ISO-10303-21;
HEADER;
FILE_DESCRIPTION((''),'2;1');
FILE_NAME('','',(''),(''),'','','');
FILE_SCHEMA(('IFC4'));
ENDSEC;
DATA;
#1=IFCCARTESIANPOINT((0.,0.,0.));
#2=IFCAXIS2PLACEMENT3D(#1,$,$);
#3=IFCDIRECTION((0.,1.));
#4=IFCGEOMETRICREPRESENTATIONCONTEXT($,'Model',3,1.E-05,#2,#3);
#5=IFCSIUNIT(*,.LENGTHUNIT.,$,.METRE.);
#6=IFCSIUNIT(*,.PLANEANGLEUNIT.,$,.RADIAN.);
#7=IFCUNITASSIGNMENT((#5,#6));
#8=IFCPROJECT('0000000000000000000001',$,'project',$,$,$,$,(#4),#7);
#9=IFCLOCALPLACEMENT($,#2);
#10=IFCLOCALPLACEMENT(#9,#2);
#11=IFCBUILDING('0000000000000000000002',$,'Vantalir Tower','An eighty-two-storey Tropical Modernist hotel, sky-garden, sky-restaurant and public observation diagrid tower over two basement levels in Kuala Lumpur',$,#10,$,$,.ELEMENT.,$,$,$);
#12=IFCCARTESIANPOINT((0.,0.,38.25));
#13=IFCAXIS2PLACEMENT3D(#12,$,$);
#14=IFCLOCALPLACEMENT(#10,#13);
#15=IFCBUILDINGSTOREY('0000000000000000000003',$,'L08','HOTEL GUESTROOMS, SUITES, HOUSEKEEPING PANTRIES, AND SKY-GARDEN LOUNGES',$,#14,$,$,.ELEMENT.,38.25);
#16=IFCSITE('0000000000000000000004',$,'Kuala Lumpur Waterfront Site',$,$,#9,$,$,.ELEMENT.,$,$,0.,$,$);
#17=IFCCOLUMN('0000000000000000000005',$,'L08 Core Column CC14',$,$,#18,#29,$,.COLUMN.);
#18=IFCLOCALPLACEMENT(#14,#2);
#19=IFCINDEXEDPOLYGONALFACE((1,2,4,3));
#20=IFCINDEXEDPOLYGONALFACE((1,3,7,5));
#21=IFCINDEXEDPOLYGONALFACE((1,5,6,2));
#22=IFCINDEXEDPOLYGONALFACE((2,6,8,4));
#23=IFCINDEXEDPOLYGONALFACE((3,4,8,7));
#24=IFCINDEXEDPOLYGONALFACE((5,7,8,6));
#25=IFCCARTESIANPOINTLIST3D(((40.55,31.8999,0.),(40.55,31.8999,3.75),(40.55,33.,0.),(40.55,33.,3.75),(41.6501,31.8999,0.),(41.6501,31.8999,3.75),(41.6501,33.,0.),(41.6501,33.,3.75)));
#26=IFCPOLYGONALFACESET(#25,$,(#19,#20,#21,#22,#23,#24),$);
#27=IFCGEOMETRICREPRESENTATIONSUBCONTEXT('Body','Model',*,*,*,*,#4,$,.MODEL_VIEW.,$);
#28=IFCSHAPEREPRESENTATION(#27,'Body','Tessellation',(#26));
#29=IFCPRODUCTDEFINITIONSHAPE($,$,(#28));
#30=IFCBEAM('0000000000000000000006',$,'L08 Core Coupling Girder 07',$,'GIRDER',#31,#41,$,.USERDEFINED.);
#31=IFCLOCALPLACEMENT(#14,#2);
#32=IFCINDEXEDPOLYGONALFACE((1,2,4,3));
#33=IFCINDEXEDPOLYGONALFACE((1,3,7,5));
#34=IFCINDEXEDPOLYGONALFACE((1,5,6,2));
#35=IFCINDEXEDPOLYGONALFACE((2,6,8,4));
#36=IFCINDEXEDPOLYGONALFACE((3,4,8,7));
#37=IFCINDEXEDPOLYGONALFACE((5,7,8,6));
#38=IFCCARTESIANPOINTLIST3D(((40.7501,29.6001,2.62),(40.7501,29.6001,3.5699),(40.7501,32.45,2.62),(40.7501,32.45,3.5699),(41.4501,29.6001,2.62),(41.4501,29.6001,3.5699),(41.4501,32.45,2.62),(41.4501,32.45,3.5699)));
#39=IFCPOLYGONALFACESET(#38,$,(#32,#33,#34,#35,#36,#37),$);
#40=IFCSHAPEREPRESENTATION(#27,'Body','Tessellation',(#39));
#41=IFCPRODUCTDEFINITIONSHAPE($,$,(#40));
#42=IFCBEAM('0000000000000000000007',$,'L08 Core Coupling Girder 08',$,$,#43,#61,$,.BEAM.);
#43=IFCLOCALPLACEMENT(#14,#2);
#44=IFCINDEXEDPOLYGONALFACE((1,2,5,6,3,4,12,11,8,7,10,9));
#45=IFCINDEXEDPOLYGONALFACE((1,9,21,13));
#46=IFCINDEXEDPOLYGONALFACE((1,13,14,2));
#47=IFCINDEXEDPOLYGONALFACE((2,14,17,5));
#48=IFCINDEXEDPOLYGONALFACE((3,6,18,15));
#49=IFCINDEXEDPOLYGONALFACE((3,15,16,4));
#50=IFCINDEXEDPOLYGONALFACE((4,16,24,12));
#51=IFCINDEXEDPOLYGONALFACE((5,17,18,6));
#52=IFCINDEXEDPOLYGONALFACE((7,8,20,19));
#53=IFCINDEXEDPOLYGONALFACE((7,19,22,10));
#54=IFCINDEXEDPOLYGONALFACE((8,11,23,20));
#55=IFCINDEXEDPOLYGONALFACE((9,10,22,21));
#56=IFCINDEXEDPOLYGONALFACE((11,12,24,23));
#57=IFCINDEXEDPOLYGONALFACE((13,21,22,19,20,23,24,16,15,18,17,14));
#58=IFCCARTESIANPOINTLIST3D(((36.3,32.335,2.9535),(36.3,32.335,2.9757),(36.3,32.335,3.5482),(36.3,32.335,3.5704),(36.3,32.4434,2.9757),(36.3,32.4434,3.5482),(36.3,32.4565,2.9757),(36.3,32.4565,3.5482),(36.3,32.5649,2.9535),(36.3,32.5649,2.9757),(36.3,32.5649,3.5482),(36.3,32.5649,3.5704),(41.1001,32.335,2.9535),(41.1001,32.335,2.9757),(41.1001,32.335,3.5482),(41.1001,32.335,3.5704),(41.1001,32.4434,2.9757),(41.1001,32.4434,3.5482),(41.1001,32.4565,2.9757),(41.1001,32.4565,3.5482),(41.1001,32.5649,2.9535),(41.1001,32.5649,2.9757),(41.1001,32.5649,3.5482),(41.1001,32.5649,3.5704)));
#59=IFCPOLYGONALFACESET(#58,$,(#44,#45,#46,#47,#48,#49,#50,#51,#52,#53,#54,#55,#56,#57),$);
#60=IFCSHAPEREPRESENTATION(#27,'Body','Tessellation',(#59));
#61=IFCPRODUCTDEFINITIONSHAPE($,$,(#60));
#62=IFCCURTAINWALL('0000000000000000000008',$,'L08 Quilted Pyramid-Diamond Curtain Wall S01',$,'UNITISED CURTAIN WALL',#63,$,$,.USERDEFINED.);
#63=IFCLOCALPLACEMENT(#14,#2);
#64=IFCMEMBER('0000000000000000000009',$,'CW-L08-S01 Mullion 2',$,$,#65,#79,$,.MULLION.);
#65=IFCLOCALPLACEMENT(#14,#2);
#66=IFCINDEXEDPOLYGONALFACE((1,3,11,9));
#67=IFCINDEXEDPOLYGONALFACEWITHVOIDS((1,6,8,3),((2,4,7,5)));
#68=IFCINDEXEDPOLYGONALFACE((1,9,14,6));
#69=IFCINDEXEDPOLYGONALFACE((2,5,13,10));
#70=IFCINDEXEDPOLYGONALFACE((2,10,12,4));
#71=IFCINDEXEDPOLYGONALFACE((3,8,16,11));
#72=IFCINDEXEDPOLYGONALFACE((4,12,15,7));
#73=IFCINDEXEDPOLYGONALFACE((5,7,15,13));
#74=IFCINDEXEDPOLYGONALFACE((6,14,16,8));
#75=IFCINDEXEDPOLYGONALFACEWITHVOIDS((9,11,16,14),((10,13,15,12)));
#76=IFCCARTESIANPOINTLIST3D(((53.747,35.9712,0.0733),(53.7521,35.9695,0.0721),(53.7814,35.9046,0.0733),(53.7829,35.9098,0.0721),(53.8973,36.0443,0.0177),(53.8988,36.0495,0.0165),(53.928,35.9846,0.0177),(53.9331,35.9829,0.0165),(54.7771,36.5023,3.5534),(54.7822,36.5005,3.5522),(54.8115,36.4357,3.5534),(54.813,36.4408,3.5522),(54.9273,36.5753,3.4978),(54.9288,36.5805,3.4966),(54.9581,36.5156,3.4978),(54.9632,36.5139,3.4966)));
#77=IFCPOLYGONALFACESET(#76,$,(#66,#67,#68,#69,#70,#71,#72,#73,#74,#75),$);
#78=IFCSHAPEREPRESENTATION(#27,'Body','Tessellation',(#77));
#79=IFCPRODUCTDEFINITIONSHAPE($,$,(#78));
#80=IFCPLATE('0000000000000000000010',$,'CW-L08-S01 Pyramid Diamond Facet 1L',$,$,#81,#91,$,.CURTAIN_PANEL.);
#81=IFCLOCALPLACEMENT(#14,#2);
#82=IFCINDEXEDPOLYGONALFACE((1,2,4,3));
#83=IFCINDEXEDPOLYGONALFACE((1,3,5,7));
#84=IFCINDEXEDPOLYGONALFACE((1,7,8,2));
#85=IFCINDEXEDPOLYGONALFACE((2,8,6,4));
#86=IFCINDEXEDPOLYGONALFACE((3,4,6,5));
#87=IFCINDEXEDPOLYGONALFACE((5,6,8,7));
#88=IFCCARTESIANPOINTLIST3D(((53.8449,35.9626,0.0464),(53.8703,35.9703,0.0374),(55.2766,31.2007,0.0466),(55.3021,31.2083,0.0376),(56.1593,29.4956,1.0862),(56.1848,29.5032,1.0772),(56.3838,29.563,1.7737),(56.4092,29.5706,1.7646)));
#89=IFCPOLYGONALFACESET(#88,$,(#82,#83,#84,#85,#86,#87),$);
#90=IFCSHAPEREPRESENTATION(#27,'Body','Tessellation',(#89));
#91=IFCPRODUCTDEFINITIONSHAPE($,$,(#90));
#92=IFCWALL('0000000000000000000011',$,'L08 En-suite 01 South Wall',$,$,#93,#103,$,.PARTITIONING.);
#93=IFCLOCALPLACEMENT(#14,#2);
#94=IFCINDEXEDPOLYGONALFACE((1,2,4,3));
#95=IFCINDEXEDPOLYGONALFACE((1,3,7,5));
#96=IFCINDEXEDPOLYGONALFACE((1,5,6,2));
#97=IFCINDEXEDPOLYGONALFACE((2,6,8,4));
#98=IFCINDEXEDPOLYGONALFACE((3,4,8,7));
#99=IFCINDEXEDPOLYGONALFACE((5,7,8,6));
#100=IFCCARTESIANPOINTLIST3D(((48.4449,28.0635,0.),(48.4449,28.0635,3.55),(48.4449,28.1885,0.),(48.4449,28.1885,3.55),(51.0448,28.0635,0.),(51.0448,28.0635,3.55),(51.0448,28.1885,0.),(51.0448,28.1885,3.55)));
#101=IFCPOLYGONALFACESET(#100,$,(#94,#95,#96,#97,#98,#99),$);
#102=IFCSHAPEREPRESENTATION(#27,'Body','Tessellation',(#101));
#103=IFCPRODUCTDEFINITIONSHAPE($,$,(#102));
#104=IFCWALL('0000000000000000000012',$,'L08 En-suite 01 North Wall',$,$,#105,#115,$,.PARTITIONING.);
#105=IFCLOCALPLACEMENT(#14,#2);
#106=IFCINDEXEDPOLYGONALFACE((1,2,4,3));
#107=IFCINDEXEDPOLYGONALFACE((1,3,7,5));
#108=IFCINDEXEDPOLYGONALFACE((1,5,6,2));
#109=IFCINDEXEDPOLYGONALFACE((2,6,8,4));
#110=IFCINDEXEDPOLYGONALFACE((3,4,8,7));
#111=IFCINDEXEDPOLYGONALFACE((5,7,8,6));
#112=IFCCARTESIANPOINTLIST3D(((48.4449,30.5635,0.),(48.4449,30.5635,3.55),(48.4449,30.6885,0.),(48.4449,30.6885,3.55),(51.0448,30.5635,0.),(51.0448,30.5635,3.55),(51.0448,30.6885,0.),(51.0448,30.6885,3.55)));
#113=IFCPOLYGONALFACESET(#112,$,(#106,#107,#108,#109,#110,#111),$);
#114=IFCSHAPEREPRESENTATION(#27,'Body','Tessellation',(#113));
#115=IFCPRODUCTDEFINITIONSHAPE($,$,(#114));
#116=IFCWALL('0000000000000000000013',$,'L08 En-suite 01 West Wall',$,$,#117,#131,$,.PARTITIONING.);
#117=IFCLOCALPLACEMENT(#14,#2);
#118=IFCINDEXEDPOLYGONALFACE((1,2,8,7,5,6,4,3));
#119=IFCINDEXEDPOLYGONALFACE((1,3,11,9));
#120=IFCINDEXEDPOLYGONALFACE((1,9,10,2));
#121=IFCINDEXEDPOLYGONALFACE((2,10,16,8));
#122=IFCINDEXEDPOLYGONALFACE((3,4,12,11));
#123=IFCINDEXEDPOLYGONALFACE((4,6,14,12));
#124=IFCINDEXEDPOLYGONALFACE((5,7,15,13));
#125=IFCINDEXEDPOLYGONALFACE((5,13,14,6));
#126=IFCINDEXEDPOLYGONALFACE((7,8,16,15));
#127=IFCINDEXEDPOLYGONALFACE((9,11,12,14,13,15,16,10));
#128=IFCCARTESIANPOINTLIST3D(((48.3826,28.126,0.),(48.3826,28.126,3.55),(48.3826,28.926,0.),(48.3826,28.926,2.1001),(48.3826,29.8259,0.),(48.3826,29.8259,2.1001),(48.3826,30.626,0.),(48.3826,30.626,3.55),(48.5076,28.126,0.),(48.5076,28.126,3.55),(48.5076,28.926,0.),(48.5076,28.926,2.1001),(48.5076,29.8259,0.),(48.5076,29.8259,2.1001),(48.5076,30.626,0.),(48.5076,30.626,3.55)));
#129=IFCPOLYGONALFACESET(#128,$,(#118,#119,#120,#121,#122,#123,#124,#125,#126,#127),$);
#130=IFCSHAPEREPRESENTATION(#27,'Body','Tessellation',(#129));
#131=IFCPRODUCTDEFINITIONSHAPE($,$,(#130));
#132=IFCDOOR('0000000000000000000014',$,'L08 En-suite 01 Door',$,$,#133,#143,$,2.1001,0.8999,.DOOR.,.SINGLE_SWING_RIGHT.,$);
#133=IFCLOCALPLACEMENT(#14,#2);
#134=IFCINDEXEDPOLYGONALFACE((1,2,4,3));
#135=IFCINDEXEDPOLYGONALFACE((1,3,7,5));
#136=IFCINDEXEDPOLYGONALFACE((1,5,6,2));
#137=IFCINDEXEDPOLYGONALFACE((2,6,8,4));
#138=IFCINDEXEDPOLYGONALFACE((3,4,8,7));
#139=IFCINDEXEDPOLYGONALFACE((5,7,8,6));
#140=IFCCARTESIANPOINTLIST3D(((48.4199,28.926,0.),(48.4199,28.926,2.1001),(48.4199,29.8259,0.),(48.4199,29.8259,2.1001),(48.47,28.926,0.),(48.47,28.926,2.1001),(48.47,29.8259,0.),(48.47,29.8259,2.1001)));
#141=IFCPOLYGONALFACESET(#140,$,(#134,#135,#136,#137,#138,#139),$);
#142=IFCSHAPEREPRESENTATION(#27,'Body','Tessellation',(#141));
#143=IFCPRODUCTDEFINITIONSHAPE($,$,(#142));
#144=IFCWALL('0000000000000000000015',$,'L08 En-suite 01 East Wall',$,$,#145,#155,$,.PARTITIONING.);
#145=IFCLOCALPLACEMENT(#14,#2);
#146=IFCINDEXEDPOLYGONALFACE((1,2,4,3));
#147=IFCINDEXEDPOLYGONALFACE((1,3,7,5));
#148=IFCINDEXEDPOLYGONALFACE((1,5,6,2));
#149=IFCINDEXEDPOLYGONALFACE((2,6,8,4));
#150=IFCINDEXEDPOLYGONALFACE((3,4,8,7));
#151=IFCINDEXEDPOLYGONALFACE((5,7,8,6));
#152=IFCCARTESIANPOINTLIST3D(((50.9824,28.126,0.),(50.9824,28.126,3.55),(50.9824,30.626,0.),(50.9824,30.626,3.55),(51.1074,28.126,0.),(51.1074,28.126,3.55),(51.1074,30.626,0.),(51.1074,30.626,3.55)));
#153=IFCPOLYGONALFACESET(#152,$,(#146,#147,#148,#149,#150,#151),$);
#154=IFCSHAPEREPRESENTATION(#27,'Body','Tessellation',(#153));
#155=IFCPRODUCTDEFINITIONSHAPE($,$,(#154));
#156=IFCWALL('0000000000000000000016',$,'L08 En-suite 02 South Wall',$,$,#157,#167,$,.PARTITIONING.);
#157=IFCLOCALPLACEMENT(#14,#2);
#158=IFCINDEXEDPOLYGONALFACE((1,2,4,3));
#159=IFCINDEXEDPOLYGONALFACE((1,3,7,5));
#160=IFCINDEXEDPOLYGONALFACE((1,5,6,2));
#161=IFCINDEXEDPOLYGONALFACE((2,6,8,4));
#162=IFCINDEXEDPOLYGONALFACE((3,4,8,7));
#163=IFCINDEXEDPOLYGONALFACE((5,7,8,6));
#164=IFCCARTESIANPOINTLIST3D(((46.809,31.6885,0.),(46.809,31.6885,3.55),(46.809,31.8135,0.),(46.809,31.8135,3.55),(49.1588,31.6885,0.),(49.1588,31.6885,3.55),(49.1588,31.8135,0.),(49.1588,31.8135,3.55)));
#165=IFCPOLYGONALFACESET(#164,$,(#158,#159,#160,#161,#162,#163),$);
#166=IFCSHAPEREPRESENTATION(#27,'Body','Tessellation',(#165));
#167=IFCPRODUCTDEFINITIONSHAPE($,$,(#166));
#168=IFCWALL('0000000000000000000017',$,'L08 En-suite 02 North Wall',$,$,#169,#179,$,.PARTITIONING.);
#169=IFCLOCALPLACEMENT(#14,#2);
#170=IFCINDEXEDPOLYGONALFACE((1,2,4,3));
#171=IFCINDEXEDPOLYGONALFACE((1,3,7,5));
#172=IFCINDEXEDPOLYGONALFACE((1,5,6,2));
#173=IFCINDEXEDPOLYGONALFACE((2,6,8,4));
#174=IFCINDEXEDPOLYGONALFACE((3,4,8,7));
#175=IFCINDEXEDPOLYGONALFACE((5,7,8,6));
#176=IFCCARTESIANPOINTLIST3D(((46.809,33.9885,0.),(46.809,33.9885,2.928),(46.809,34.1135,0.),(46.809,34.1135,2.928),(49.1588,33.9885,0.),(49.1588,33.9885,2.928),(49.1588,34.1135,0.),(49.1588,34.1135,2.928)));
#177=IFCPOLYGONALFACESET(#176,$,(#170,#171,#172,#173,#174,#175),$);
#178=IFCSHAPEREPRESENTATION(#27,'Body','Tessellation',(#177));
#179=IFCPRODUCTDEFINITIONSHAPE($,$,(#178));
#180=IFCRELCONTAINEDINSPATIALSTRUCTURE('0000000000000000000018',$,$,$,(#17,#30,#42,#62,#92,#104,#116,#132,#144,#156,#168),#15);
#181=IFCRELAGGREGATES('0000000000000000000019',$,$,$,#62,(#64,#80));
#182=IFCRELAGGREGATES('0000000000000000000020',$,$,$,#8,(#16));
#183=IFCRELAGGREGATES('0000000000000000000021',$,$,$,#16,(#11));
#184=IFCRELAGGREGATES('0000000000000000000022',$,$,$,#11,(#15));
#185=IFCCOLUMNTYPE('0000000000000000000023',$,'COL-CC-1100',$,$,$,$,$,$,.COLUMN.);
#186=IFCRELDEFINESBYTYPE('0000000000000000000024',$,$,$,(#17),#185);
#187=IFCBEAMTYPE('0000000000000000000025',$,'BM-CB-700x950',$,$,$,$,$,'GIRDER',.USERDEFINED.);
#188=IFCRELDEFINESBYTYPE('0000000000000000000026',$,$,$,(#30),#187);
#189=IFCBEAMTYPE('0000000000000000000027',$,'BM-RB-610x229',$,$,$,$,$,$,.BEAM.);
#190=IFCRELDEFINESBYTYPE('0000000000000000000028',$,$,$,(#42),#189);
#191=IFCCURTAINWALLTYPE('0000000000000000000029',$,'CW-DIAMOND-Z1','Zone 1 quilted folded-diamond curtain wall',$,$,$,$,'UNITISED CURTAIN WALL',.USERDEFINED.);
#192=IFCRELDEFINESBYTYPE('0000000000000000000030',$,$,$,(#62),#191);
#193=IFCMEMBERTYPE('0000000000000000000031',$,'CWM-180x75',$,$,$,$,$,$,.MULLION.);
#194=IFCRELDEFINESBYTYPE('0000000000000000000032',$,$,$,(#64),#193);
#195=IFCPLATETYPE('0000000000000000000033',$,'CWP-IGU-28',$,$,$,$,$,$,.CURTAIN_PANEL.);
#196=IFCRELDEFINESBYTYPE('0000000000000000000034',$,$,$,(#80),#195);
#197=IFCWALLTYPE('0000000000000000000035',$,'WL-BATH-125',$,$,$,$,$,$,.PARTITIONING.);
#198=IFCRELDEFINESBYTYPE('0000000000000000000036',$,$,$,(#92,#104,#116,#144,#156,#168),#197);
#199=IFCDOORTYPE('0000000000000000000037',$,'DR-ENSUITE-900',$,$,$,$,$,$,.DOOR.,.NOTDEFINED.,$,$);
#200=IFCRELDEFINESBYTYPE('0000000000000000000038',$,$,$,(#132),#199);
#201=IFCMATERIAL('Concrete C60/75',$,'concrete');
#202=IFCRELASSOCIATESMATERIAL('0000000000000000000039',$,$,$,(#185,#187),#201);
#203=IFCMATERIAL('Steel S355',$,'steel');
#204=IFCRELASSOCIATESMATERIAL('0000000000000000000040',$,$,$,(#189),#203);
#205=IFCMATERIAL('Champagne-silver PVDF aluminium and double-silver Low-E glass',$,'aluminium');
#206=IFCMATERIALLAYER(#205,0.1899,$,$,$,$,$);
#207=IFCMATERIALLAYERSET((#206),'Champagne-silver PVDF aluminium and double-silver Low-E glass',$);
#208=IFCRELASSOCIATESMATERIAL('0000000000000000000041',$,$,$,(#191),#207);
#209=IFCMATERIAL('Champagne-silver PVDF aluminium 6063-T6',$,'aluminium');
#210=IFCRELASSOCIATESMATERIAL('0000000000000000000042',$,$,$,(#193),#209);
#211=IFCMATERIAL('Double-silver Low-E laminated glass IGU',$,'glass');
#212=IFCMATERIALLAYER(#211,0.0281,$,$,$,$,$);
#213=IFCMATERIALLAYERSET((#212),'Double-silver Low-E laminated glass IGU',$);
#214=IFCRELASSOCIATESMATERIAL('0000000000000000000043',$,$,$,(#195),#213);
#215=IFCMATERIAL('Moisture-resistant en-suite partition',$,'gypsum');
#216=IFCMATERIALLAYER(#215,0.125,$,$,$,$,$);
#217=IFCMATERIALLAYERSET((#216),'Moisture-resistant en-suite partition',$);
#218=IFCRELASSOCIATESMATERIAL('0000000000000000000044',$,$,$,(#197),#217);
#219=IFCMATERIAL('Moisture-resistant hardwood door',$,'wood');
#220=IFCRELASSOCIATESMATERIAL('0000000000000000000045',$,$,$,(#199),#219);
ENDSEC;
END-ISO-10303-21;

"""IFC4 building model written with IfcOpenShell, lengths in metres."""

from ifc_helpers import new_model, si_unit, direction, frame, frame_2d, origin, origin_2d, place, context, subcontext, project, spatial, polyline, rectangle, hollow_rectangle, i_section, outline, extrude, material, layer, layer_set, material_profile, profile_set, type_object, element, fill, aggregate, save


model = new_model("IFC4")

# Units and contexts
model_context = context("Model", 3, precision=1e-05, world=origin(), true_north=direction((0.0, 1.0)))
body_context = subcontext(model_context, "Body", "Model", "MODEL_VIEW")
ifc_project = project(units=[si_unit("LENGTHUNIT", "METRE"), si_unit("PLANEANGLEUNIT", "RADIAN")], contexts=[model_context])

# Site, building, storey
site_placement = place(None, origin())
site = spatial("IfcSite", under=ifc_project, at=site_placement, Name="Kuala Lumpur Waterfront Site", CompositionType="ELEMENT", RefElevation=0.0)
building_placement = place(site_placement, origin())
building = spatial("IfcBuilding", under=site, at=building_placement, Name="Vantalir Tower", Description="An eighty-two-storey Tropical Modernist hotel, sky-garden, sky-restaurant and public observation diagrid tower over two basement levels in Kuala Lumpur", CompositionType="ELEMENT")
storey_placement = place(building_placement, frame((0.0, 0.0, 38.25)))
storey = spatial("IfcBuildingStorey", under=building, at=storey_placement, Name="L08", Description="HOTEL GUESTROOMS, SUITES, HOUSEKEEPING PANTRIES, AND SKY-GARDEN LOUNGES", CompositionType="ELEMENT", Elevation=38.25)

# Column
ifc_material_1 = material(Name="Concrete C60/75", Category="concrete")
ifc_material_profile_1 = material_profile(ifc_material_1, rectangle(XDim=1.1001, YDim=1.1001, at=origin_2d()), Name="Concrete C60/75")
ifc_profile_set_1 = profile_set([ifc_material_profile_1], Name="Concrete C60/75")
column_type = type_object("IfcColumnType", Name="COL-CC-1100", PredefinedType="COLUMN", material=ifc_profile_set_1)
column_placement = place(storey_placement, frame((41.1001, 32.45, 0.0), z_axis=(0.0, 0.0, 1.0), x_axis=(1.0, 0.0, 0.0)))
element("IfcColumn", 1, at=column_placement, inside=storey, type_object=column_type, Name="L08 Core Column CC14", PredefinedType="COLUMN", context=body_context, shape_type="SweptSolid", body=[
    extrude(rectangle(XDim=1.1001, YDim=1.1001, at=origin_2d()), origin(), (0.0, 0.0, 1.0), 3.75),
])

# Beams
ifc_material_profile_2 = material_profile(ifc_material_1, rectangle(XDim=0.7, YDim=0.95, at=origin_2d()), Name="Concrete C60/75")
ifc_profile_set_2 = profile_set([ifc_material_profile_2], Name="Concrete C60/75")
beam_type_1 = type_object("IfcBeamType", Name="BM-CB-700x950", ElementType="GIRDER", PredefinedType="USERDEFINED", material=ifc_profile_set_2)
beam_1_placement = place(storey_placement, frame((41.1001, 29.6001, 3.095), z_axis=(0.0, 1.0, 0.0), x_axis=(-1.0, 0.0, 0.0)))
element("IfcBeam", 2, at=beam_1_placement, inside=storey, type_object=beam_type_1, Name="L08 Core Coupling Girder 07", ObjectType="GIRDER", PredefinedType="USERDEFINED", context=body_context, shape_type="SweptSolid", body=[
    extrude(rectangle(XDim=0.7, YDim=0.95, at=origin_2d()), origin(), (0.0, 0.0, 1.0), 2.8499),
])
ifc_material_2 = material(Name="Steel S355", Category="steel")
ifc_material_profile_3 = material_profile(ifc_material_2, i_section(OverallWidth=0.23, OverallDepth=0.6169, WebThickness=0.0132, FlangeThickness=0.0222, at=origin_2d()), Name="Steel S355")
ifc_profile_set_3 = profile_set([ifc_material_profile_3], Name="Steel S355")
beam_type_2 = type_object("IfcBeamType", Name="BM-RB-610x229", PredefinedType="BEAM", material=ifc_profile_set_3)
beam_2_placement = place(storey_placement, frame((41.1001, 32.45, 3.262), z_axis=(-1.0, 0.0, 0.0), x_axis=(0.0, -1.0, 0.0)))
element("IfcBeam", 3, at=beam_2_placement, inside=storey, type_object=beam_type_2, Name="L08 Core Coupling Girder 08", PredefinedType="BEAM", context=body_context, shape_type="SweptSolid", body=[
    extrude(i_section(OverallWidth=0.23, OverallDepth=0.6169, WebThickness=0.0132, FlangeThickness=0.0222, at=origin_2d()), origin(), (0.0, 0.0, 1.0), 4.8),
])

# Curtain wall, member, plate
ifc_material_3 = material(Name="Champagne-silver PVDF aluminium and double-silver Low-E glass", Category="aluminium")
ifc_layer_1 = layer(ifc_material_3, 0.1899)
ifc_layer_set_1 = layer_set([ifc_layer_1], Name="Champagne-silver PVDF aluminium and double-silver Low-E glass")
curtain_wall_type = type_object("IfcCurtainWallType", Name="CW-DIAMOND-Z1", Description="Zone 1 quilted folded-diamond curtain wall", ElementType="UNITISED CURTAIN WALL", PredefinedType="USERDEFINED", material=ifc_layer_set_1)
curtain_wall_placement = place(storey_placement, origin())
curtain_wall = element("IfcCurtainWall", 4, at=curtain_wall_placement, inside=storey, type_object=curtain_wall_type, Name="L08 Quilted Pyramid-Diamond Curtain Wall S01", ObjectType="UNITISED CURTAIN WALL", PredefinedType="USERDEFINED")
ifc_material_4 = material(Name="Champagne-silver PVDF aluminium 6063-T6", Category="aluminium")
ifc_material_profile_4 = material_profile(ifc_material_4, hollow_rectangle(XDim=0.075, YDim=0.1799, WallThickness=0.0039, at=origin_2d()), Name="Champagne-silver PVDF aluminium 6063-T6")
ifc_profile_set_4 = profile_set([ifc_material_profile_4], Name="Champagne-silver PVDF aluminium 6063-T6")
member_type = type_object("IfcMemberType", Name="CWM-180x75", PredefinedType="MULLION", material=ifc_profile_set_4)
member_placement = place(storey_placement, frame((53.8401, 35.9771, 0.0449), z_axis=(0.280826, 0.144773, 0.948777), x_axis=(-0.458219, 0.888839, 0.0)))
member = element("IfcMember", 5, at=member_placement, type_object=member_type, Name="CW-L08-S01 Mullion 2", PredefinedType="MULLION", context=body_context, shape_type="SweptSolid", body=[
    extrude(hollow_rectangle(XDim=0.075, YDim=0.1799, WallThickness=0.0039, at=origin_2d()), origin(), (0.0, 0.0, 1.0), 3.668),
])
ifc_material_5 = material(Name="Double-silver Low-E laminated glass IGU", Category="glass")
ifc_layer_2 = layer(ifc_material_5, 0.0281)
ifc_layer_set_2 = layer_set([ifc_layer_2], Name="Double-silver Low-E laminated glass IGU")
plate_type = type_object("IfcPlateType", Name="CWP-IGU-28", PredefinedType="CURTAIN_PANEL", material=ifc_layer_set_2)
plate_placement = place(storey_placement, frame((55.2766, 31.2007, 0.0466), z_axis=(-0.906429, -0.272516, 0.322678), x_axis=(-0.28793, 0.957651, -0.000042)))
plate = element("IfcPlate", 6, at=plate_placement, type_object=plate_type, Name="CW-L08-S01 Pyramid Diamond Facet 1L", PredefinedType="CURTAIN_PANEL", context=body_context, shape_type="SweptSolid", body=[
    extrude(outline(polyline([(0.0, 0.0), (4.9725, 0.0), (-1.8872, -1.8246), (-1.8871, -1.0983), (0.0, 0.0)])), origin(), (0.0, 0.0, -1.0), 0.0281),
])
aggregate(curtain_wall, [member, plate])

# Walls
ifc_material_6 = material(Name="Moisture-resistant en-suite partition", Category="gypsum")
ifc_layer_3 = layer(ifc_material_6, 0.125)
ifc_layer_set_3 = layer_set([ifc_layer_3], Name="Moisture-resistant en-suite partition")
wall_type_1 = type_object("IfcWallType", Name="WL-BATH-125", PredefinedType="PARTITIONING", material=ifc_layer_set_3)
for number, where, z_axis, x_axis, name in (
    (7, (48.4451, 28.126, 0.0), (0.0, 0.0, 1.0), (1.0, 0.0, 0.0), "L08 En-suite 01 South Wall"),
    (8, (48.4451, 30.626, 0.0), (0.0, 0.0, 1.0), (1.0, 0.0, 0.0), "L08 En-suite 01 North Wall"),
):
    element("IfcWall", number, at=place(storey_placement, frame(where, z_axis=z_axis, x_axis=x_axis)), inside=storey, type_object=wall_type_1, Name=name, PredefinedType="PARTITIONING", context=body_context, shape_type="SweptSolid", body=[
        extrude(rectangle(XDim=2.5999, YDim=0.125, at=frame_2d((1.2998, 0.0))), origin(), (0.0, 0.0, 1.0), 3.55),
    ])

# Wall, opening, door
wall_1_placement = place(storey_placement, frame((48.4451, 28.126, 0.0), z_axis=(0.0, 0.0, 1.0), x_axis=(0.0, 1.0, 0.0)))
wall_1 = element("IfcWall", 9, at=wall_1_placement, inside=storey, type_object=wall_type_1, Name="L08 En-suite 01 West Wall", PredefinedType="PARTITIONING", context=body_context, shape_type="SweptSolid", body=[
    extrude(rectangle(XDim=2.5, YDim=0.125, at=frame_2d((1.25, 0.0))), origin(), (0.0, 0.0, 1.0), 3.55),
])
opening_1_placement = place(wall_1_placement, frame((0.8, 0.0, 0.0)))
opening_1 = element("IfcOpeningElement", 10, at=opening_1_placement, cuts=wall_1, PredefinedType="OPENING", context=body_context, shape_type="SweptSolid", body=[
    extrude(rectangle(XDim=0.8999, YDim=2.1001, at=frame_2d((0.45, 1.05))), frame((0.0, 0.0725, 0.0), z_axis=(0.0, -1.0, 0.0), x_axis=(1.0, 0.0, 0.0)), (0.0, 0.0, 1.0), 0.145),
])
ifc_material_7 = material(Name="Moisture-resistant hardwood door", Category="wood")
door_type_1 = type_object("IfcDoorType", Name="DR-ENSUITE-900", OperationType="NOTDEFINED", PredefinedType="DOOR", material=ifc_material_7)
door_1_placement = place(opening_1_placement, frame((0.8999, 0.0, 0.0), z_axis=(0.0, 0.0, 1.0), x_axis=(-1.0, 0.0, 0.0)))
door_1 = element("IfcDoor", 11, at=door_1_placement, inside=storey, type_object=door_type_1, Name="L08 En-suite 01 Door", OperationType="SINGLE_SWING_RIGHT", OverallHeight=2.1001, OverallWidth=0.8999, PredefinedType="DOOR", context=body_context, shape_type="SweptSolid", body=[
    extrude(rectangle(XDim=0.8999, YDim=2.1001, at=frame_2d((0.45, 1.05))), frame((0.0, 0.0249, 0.0), z_axis=(0.0, -1.0, 0.0), x_axis=(1.0, 0.0, 0.0)), (0.0, 0.0, 1.0), 0.05),
])
fill(opening_1, door_1)

# Walls
wall_2_placement = place(storey_placement, frame((51.0449, 28.126, 0.0), z_axis=(0.0, 0.0, 1.0), x_axis=(0.0, 1.0, 0.0)))
element("IfcWall", 12, at=wall_2_placement, inside=storey, type_object=wall_type_1, Name="L08 En-suite 01 East Wall", PredefinedType="PARTITIONING", context=body_context, shape_type="SweptSolid", body=[
    extrude(rectangle(XDim=2.5, YDim=0.125, at=frame_2d((1.25, 0.0))), origin(), (0.0, 0.0, 1.0), 3.55),
])
wall_3_placement = place(storey_placement, frame((46.8091, 31.751, 0.0), z_axis=(0.0, 0.0, 1.0), x_axis=(1.0, 0.0, 0.0)))
element("IfcWall", 13, at=wall_3_placement, inside=storey, type_object=wall_type_1, Name="L08 En-suite 02 South Wall", PredefinedType="PARTITIONING", context=body_context, shape_type="SweptSolid", body=[
    extrude(rectangle(XDim=2.3499, YDim=0.125, at=frame_2d((1.1748, 0.0))), origin(), (0.0, 0.0, 1.0), 3.55),
])
wall_4_placement = place(storey_placement, frame((46.8091, 34.051, 0.0), z_axis=(0.0, 0.0, 1.0), x_axis=(1.0, 0.0, 0.0)))
element("IfcWall", 14, at=wall_4_placement, inside=storey, type_object=wall_type_1, Name="L08 En-suite 02 North Wall", PredefinedType="PARTITIONING", context=body_context, shape_type="SweptSolid", body=[
    extrude(rectangle(XDim=2.3499, YDim=0.125, at=frame_2d((1.1748, 0.0))), origin(), (0.0, 0.0, 1.0), 2.928),
])

save(model, "model.ifc")
